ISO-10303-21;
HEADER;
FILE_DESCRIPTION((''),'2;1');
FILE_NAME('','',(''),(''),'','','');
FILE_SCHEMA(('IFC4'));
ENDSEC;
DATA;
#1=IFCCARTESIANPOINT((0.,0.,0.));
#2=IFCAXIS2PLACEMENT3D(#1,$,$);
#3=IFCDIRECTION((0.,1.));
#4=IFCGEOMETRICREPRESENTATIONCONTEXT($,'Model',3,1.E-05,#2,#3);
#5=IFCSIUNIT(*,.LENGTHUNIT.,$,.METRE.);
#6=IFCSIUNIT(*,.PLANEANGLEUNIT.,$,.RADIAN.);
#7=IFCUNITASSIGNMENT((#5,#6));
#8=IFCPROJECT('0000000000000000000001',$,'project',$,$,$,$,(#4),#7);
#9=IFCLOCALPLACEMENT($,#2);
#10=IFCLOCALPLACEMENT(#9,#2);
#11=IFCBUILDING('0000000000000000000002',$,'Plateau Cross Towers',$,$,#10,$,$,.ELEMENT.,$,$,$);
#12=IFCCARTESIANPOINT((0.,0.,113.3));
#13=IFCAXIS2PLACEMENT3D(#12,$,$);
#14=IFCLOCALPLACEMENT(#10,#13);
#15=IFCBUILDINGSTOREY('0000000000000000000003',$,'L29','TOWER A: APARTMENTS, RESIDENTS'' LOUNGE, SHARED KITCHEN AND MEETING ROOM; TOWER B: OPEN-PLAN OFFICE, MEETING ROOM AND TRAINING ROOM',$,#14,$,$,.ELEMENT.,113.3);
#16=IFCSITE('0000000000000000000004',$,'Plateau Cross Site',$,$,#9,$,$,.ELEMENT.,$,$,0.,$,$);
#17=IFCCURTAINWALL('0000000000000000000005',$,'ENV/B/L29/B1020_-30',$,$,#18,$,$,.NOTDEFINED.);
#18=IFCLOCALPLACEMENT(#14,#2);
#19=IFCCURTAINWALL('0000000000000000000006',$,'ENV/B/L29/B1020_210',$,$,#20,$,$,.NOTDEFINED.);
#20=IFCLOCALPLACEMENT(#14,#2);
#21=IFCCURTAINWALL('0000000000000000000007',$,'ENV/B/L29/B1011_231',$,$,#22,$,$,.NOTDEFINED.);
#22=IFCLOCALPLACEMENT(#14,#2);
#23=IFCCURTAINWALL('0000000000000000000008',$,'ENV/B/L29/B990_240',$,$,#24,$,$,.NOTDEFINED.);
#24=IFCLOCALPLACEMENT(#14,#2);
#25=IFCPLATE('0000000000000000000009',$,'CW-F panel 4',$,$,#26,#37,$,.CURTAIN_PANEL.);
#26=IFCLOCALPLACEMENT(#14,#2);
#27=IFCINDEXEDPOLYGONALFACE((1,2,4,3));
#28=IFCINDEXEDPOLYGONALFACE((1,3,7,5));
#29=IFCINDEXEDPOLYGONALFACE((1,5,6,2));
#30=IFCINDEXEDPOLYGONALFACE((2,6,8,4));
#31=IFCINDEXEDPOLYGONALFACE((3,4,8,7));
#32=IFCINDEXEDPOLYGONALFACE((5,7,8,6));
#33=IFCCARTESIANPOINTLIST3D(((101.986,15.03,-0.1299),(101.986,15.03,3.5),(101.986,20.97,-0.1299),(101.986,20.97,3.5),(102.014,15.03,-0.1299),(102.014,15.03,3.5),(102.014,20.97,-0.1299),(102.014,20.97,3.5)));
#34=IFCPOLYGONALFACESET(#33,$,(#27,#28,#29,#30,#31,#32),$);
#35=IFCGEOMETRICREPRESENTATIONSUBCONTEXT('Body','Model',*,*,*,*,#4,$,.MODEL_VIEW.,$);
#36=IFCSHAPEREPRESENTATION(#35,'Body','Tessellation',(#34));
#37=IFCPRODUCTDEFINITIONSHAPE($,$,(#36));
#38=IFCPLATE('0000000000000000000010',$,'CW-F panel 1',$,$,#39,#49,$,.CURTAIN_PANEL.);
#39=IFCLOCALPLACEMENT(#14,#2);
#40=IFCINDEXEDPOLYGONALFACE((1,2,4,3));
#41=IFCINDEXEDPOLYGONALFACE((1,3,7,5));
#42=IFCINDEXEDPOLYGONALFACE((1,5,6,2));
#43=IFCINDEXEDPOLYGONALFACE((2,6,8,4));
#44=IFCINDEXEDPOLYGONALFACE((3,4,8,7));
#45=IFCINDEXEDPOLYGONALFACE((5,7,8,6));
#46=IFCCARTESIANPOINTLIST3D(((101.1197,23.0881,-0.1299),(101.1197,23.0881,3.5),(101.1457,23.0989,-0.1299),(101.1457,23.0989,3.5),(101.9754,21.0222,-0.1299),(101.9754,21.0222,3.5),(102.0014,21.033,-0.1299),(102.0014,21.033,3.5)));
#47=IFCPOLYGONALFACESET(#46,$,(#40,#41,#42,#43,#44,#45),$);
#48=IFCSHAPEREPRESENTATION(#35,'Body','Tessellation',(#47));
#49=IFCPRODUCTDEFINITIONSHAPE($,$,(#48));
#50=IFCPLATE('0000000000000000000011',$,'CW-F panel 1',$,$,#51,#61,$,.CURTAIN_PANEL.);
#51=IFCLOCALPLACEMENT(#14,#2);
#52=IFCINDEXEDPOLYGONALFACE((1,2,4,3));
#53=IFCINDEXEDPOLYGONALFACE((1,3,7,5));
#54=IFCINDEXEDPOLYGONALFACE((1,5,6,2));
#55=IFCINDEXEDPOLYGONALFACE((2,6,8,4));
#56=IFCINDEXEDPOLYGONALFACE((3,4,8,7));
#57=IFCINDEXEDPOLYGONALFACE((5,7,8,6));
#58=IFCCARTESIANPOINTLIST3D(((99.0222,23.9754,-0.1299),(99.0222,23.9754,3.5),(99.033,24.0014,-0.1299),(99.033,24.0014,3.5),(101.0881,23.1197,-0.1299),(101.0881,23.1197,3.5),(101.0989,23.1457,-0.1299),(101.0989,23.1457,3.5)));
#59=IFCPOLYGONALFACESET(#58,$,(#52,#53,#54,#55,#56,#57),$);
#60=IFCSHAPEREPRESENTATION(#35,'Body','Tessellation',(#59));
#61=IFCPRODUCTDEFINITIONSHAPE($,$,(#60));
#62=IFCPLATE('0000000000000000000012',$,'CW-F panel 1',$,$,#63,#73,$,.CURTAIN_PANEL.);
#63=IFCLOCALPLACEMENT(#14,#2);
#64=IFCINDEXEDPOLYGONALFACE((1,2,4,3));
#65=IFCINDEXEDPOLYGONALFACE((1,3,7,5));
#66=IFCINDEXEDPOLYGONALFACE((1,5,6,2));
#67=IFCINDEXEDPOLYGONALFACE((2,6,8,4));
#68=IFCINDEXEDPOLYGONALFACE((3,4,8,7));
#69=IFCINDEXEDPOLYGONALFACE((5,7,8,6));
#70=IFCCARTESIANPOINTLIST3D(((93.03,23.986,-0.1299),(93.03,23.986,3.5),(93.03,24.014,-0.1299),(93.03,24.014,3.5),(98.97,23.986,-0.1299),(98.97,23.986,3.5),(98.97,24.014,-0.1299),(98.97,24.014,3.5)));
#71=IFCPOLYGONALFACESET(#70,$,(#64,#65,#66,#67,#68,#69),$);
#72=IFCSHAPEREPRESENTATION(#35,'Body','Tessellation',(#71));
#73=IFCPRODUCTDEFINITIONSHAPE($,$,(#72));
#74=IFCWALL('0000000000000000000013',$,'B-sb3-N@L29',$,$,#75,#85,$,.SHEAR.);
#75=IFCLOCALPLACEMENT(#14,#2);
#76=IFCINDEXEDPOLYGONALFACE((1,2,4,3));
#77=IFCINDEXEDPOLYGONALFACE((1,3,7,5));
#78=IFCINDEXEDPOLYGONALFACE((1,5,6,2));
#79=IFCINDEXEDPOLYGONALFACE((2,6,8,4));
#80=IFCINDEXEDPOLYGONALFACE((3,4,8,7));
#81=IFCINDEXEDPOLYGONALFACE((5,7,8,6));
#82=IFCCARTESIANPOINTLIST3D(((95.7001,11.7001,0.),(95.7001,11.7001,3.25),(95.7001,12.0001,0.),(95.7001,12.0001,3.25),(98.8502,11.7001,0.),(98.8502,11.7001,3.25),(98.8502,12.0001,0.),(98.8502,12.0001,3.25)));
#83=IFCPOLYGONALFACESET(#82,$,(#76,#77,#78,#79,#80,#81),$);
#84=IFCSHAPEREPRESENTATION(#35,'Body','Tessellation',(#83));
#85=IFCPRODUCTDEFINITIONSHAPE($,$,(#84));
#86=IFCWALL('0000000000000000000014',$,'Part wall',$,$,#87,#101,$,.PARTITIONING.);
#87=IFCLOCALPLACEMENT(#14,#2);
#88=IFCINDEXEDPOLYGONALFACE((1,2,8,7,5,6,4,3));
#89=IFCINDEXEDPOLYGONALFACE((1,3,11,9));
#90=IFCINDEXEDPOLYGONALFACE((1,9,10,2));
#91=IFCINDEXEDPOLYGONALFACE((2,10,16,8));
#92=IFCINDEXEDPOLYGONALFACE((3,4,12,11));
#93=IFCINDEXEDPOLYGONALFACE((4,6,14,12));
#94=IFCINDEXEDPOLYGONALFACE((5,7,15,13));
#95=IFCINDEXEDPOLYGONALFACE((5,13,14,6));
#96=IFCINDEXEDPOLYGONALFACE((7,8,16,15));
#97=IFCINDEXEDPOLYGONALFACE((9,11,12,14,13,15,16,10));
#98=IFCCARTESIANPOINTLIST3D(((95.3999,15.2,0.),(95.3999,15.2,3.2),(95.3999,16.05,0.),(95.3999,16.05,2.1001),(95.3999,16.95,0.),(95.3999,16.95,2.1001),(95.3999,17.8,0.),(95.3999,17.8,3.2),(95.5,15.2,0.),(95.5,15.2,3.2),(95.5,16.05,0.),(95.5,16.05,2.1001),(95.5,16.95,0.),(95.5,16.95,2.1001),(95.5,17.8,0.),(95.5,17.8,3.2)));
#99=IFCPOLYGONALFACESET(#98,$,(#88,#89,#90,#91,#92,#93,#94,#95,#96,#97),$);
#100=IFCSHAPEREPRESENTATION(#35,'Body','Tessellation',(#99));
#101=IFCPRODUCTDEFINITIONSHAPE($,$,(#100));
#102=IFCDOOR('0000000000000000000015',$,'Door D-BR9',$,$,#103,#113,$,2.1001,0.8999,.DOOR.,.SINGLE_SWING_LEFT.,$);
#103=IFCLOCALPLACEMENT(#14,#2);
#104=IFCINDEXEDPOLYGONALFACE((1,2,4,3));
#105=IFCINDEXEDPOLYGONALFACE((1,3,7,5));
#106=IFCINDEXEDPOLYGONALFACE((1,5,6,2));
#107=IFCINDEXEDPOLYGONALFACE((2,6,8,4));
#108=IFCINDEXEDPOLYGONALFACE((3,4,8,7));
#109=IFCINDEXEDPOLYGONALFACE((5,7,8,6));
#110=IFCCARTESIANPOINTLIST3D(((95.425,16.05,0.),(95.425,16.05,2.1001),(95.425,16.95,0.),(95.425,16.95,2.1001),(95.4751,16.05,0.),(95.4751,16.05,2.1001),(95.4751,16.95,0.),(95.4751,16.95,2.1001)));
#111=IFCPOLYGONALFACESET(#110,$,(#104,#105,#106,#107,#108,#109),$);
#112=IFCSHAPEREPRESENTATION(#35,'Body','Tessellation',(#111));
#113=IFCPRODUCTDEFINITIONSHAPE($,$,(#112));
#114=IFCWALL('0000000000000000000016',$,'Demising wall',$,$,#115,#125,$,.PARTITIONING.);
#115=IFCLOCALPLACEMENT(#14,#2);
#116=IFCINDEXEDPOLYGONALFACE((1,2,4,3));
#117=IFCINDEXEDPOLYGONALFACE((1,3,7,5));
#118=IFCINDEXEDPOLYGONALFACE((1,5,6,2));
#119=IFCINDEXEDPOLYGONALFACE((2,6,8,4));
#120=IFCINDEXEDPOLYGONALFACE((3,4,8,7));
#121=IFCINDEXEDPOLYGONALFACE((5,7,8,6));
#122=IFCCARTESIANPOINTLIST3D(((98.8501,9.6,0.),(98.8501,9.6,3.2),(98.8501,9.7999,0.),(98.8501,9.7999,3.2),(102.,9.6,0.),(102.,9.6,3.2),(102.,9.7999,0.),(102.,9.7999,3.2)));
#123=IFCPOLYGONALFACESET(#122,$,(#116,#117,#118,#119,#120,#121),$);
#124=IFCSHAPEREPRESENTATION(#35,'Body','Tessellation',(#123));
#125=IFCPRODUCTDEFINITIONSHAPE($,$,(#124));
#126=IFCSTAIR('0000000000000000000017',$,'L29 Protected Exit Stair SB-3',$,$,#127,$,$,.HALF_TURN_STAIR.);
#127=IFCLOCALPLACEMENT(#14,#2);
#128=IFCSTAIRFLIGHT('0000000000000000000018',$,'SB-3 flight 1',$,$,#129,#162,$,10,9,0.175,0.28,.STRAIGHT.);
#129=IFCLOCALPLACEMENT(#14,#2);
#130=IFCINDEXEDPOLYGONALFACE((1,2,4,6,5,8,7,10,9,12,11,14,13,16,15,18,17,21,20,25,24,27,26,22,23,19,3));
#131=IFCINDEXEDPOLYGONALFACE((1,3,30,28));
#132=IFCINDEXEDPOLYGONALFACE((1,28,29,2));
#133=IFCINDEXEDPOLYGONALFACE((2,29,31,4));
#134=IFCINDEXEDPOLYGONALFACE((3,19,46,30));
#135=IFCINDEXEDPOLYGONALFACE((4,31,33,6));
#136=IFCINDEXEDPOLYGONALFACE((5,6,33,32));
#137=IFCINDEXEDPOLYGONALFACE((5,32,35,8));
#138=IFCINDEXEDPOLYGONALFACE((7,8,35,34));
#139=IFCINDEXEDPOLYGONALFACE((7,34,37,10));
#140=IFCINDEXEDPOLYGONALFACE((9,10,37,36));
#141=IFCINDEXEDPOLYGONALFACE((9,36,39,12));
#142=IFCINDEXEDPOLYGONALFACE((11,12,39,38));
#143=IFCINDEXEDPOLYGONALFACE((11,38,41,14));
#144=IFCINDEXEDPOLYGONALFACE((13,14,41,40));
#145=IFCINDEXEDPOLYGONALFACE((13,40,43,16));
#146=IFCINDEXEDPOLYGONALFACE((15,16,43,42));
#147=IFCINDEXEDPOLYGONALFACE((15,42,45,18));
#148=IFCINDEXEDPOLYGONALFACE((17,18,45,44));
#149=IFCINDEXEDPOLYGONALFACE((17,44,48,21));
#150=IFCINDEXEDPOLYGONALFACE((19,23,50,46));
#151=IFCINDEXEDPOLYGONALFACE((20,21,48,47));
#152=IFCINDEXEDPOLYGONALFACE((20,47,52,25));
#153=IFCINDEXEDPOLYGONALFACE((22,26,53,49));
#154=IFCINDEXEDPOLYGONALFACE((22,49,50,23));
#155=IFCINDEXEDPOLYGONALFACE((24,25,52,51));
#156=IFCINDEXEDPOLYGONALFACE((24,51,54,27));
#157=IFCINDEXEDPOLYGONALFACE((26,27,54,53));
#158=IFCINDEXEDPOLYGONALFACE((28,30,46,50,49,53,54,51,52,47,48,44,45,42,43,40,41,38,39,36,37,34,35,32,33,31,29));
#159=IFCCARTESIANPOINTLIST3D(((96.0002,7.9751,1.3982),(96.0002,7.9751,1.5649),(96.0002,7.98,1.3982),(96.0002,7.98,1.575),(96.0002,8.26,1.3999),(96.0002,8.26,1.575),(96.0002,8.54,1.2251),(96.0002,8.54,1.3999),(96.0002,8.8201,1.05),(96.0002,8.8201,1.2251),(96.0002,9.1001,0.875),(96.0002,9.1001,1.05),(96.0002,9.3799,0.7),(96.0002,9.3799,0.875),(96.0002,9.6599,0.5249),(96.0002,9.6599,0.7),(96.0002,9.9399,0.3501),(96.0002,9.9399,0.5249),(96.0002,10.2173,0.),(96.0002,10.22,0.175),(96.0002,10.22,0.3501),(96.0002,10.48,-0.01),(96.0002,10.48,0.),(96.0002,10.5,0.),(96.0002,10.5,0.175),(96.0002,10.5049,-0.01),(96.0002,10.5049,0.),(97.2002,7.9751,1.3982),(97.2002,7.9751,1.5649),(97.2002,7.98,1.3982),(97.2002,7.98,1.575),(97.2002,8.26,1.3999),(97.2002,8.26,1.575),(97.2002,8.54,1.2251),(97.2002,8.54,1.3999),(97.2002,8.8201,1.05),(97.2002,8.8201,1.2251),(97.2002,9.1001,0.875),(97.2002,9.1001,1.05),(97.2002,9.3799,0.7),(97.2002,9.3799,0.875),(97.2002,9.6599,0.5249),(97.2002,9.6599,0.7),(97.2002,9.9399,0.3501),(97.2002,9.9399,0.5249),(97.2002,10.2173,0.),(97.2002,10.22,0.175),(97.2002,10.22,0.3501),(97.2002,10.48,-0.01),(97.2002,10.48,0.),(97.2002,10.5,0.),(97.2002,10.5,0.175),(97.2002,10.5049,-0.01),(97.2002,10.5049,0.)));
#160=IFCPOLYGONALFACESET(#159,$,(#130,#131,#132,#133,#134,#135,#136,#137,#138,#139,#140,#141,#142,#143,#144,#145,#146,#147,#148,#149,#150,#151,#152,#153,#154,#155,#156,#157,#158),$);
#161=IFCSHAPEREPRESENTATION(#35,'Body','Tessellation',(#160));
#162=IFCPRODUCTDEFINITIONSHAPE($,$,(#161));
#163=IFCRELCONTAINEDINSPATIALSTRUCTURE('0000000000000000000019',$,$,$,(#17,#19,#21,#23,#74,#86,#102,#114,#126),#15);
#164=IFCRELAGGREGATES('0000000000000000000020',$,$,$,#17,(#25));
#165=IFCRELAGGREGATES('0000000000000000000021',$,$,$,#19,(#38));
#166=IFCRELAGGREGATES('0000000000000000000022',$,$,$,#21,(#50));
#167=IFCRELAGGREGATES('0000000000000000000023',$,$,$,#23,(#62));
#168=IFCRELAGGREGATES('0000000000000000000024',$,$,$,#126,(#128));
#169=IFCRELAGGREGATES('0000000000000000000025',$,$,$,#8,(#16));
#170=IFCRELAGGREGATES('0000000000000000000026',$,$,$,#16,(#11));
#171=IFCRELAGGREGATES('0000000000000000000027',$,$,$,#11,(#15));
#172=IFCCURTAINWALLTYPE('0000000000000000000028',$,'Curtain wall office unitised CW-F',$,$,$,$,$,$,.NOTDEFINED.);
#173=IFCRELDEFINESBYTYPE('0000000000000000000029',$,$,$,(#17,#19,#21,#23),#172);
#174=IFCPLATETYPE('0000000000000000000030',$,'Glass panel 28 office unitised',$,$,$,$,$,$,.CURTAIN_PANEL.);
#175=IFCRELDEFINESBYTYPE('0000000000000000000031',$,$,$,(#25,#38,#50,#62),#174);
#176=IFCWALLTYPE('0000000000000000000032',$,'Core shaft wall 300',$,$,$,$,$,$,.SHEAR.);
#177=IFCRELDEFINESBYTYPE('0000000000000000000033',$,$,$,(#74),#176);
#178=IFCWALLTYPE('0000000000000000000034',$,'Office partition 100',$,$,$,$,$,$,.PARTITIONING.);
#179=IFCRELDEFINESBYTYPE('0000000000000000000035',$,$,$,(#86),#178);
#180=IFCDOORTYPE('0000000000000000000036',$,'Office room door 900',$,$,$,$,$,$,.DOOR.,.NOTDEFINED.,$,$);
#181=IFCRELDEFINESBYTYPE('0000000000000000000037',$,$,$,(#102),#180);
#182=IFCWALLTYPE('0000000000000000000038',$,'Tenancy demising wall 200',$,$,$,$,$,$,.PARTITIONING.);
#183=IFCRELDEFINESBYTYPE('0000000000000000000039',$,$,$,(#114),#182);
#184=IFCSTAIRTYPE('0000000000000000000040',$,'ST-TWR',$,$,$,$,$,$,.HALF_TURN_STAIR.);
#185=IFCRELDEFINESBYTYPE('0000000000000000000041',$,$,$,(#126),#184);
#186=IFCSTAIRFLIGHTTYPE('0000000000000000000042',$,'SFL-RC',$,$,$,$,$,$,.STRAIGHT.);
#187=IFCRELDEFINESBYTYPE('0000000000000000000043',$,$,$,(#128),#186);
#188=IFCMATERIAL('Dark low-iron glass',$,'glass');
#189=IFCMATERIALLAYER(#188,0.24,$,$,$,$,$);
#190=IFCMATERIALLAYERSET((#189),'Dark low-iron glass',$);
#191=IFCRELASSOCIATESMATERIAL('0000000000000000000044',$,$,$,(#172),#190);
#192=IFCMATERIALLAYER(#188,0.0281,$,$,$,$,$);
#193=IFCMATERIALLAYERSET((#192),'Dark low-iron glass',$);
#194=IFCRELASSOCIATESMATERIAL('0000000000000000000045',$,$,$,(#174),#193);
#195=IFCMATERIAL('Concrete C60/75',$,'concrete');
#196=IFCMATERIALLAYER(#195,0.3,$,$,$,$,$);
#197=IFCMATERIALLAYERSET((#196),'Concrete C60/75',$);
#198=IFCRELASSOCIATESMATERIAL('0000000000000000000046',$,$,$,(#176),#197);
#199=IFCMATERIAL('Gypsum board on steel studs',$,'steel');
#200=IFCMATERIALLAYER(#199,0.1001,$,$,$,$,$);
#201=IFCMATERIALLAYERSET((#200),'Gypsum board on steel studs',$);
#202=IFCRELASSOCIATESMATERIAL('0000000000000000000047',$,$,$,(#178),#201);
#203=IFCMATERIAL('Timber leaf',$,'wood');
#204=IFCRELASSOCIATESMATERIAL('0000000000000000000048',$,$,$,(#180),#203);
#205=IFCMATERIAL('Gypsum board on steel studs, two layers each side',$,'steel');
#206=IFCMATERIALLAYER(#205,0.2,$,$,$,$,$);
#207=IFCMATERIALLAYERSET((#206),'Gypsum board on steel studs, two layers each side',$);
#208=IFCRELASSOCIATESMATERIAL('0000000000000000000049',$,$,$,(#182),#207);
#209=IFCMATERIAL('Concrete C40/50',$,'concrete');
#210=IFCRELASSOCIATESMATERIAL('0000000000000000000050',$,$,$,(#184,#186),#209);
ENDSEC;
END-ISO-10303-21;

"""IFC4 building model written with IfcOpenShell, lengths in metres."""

from ifc_helpers import new_model, si_unit, direction, frame, frame_2d, origin, origin_2d, place, context, subcontext, project, spatial, polyline, rectangle, outline, extrude, material, layer, layer_set, type_object, element, fill, aggregate, save


model = new_model("IFC4")

# Units and contexts
model_context = context("Model", 3, precision=1e-05, world=origin(), true_north=direction((0.0, 1.0)))
body_context = subcontext(model_context, "Body", "Model", "MODEL_VIEW")
ifc_project = project(units=[si_unit("LENGTHUNIT", "METRE"), si_unit("PLANEANGLEUNIT", "RADIAN")], contexts=[model_context])

# Site, building, storey
site_placement = place(None, origin())
site = spatial("IfcSite", under=ifc_project, at=site_placement, Name="Plateau Cross Site", CompositionType="ELEMENT", RefElevation=0.0)
building_placement = place(site_placement, origin())
building = spatial("IfcBuilding", under=site, at=building_placement, Name="Plateau Cross Towers", CompositionType="ELEMENT")
storey_placement = place(building_placement, frame((0.0, 0.0, 113.3)))
storey = spatial("IfcBuildingStorey", under=building, at=storey_placement, Name="L29", Description="TOWER A: APARTMENTS, RESIDENTS' LOUNGE, SHARED KITCHEN AND MEETING ROOM; TOWER B: OPEN-PLAN OFFICE, MEETING ROOM AND TRAINING ROOM", CompositionType="ELEMENT", Elevation=113.3)

# Shared definitions
ifc_material_1 = material(Name="Concrete C60/75", Category="concrete")

# Curtain wall
ifc_material_2 = material(Name="Dark low-iron glass", Category="glass")
ifc_layer_1 = layer(ifc_material_2, 0.24)
ifc_layer_set_1 = layer_set([ifc_layer_1], Name="Dark low-iron glass")
curtain_wall_type = type_object("IfcCurtainWallType", Name="Curtain wall office unitised CW-F", PredefinedType="NOTDEFINED", material=ifc_layer_set_1)
curtain_wall_1_placement = place(storey_placement, origin())
curtain_wall_1 = element("IfcCurtainWall", 1, at=curtain_wall_1_placement, inside=storey, type_object=curtain_wall_type, Name="ENV/B/L29/B1020_-30", PredefinedType="NOTDEFINED")

# Curtain walls
curtain_wall_2_placement = place(storey_placement, origin())
curtain_wall_2 = element("IfcCurtainWall", 2, at=curtain_wall_2_placement, inside=storey, type_object=curtain_wall_type, Name="ENV/B/L29/B1020_210", PredefinedType="NOTDEFINED")
curtain_wall_3_placement = place(storey_placement, origin())
curtain_wall_3 = element("IfcCurtainWall", 3, at=curtain_wall_3_placement, inside=storey, type_object=curtain_wall_type, Name="ENV/B/L29/B1011_231", PredefinedType="NOTDEFINED")

# Curtain wall
curtain_wall_4_placement = place(storey_placement, origin())
curtain_wall_4 = element("IfcCurtainWall", 4, at=curtain_wall_4_placement, inside=storey, type_object=curtain_wall_type, Name="ENV/B/L29/B990_240", PredefinedType="NOTDEFINED")

# Plates
ifc_layer_2 = layer(ifc_material_2, 0.0281)
ifc_layer_set_2 = layer_set([ifc_layer_2], Name="Dark low-iron glass")
plate_type = type_object("IfcPlateType", Name="Glass panel 28 office unitised", PredefinedType="CURTAIN_PANEL", material=ifc_layer_set_2)
plate_1_placement = place(storey_placement, frame((102.0, 18.0, -0.1299), z_axis=(0.0, 0.0, 1.0), x_axis=(0.0, 1.0, 0.0)))
plate_1 = element("IfcPlate", 5, at=plate_1_placement, type_object=plate_type, Name="CW-F panel 4", PredefinedType="CURTAIN_PANEL", context=body_context, shape_type="SweptSolid", body=[
    extrude(rectangle(XDim=5.9399, YDim=0.0281, at=origin_2d()), origin(), (0.0, 0.0, 1.0), 3.6299),
])
aggregate(curtain_wall_1, [plate_1])
plate_2_placement = place(storey_placement, frame((101.5605, 22.0605, -0.1299), z_axis=(0.0, 0.0, 1.0), x_axis=(-0.382684, 0.923879, 0.0)))
plate_2 = element("IfcPlate", 6, at=plate_2_placement, type_object=plate_type, Name="CW-F panel 1", PredefinedType="CURTAIN_PANEL", context=body_context, shape_type="SweptSolid", body=[
    extrude(rectangle(XDim=2.2361, YDim=0.0281, at=origin_2d()), origin(), (0.0, 0.0, 1.0), 3.6299),
])
aggregate(curtain_wall_2, [plate_2])
plate_3_placement = place(storey_placement, frame((100.0605, 23.5605, -0.1299), z_axis=(0.0, 0.0, 1.0), x_axis=(-0.923879, 0.382684, 0.0)))
plate_3 = element("IfcPlate", 7, at=plate_3_placement, type_object=plate_type, Name="CW-F panel 1", PredefinedType="CURTAIN_PANEL", context=body_context, shape_type="SweptSolid", body=[
    extrude(rectangle(XDim=2.2361, YDim=0.0281, at=origin_2d()), origin(), (0.0, 0.0, 1.0), 3.6299),
])
aggregate(curtain_wall_3, [plate_3])
plate_4_placement = place(storey_placement, frame((96.0, 24.0, -0.1299), z_axis=(0.0, 0.0, 1.0), x_axis=(-1.0, 0.0, 0.0)))
plate_4 = element("IfcPlate", 8, at=plate_4_placement, type_object=plate_type, Name="CW-F panel 1", PredefinedType="CURTAIN_PANEL", context=body_context, shape_type="SweptSolid", body=[
    extrude(rectangle(XDim=5.9399, YDim=0.0281, at=origin_2d()), origin(), (0.0, 0.0, 1.0), 3.6299),
])
aggregate(curtain_wall_4, [plate_4])

# Wall
ifc_layer_3 = layer(ifc_material_1, 0.3)
ifc_layer_set_3 = layer_set([ifc_layer_3], Name="Concrete C60/75")
wall_type_1 = type_object("IfcWallType", Name="Core shaft wall 300", PredefinedType="SHEAR", material=ifc_layer_set_3)
wall_1_placement = place(storey_placement, frame((95.7, 11.8501, 0.0), z_axis=(0.0, 0.0, 1.0), x_axis=(1.0, 0.0, 0.0)))
element("IfcWall", 9, at=wall_1_placement, inside=storey, type_object=wall_type_1, Name="B-sb3-N@L29", PredefinedType="SHEAR", context=body_context, shape_type="SweptSolid", body=[
    extrude(rectangle(XDim=3.1501, YDim=0.3, at=frame_2d((1.5752, 0.0))), origin(), (0.0, 0.0, 1.0), 3.25),
])

# Wall, opening, door
ifc_material_3 = material(Name="Gypsum board on steel studs", Category="steel")
ifc_layer_4 = layer(ifc_material_3, 0.1001)
ifc_layer_set_4 = layer_set([ifc_layer_4], Name="Gypsum board on steel studs")
wall_type_2 = type_object("IfcWallType", Name="Office partition 100", PredefinedType="PARTITIONING", material=ifc_layer_set_4)
wall_2_placement = place(storey_placement, frame((95.45, 15.2, 0.0), z_axis=(0.0, 0.0, 1.0), x_axis=(0.0, 1.0, 0.0)))
wall_2 = element("IfcWall", 10, at=wall_2_placement, inside=storey, type_object=wall_type_2, Name="Part wall", PredefinedType="PARTITIONING", context=body_context, shape_type="SweptSolid", body=[
    extrude(rectangle(XDim=2.6001, YDim=0.1001, at=frame_2d((1.3, 0.0))), origin(), (0.0, 0.0, 1.0), 3.2),
])
opening_1_placement = place(wall_2_placement, frame((0.8501, 0.0, 0.0)))
opening_1 = element("IfcOpeningElement", 11, at=opening_1_placement, cuts=wall_2, PredefinedType="OPENING", context=body_context, shape_type="SweptSolid", body=[
    extrude(rectangle(XDim=0.8999, YDim=2.1001, at=frame_2d((0.45, 1.05))), frame((0.0, 0.0601, 0.0), z_axis=(0.0, -1.0, 0.0), x_axis=(1.0, 0.0, 0.0)), (0.0, 0.0, 1.0), 0.1201),
])
ifc_material_4 = material(Name="Timber leaf", Category="wood")
door_type_1 = type_object("IfcDoorType", Name="Office room door 900", OperationType="NOTDEFINED", PredefinedType="DOOR", material=ifc_material_4)
door_1_placement = place(opening_1_placement, origin())
door_1 = element("IfcDoor", 12, at=door_1_placement, inside=storey, type_object=door_type_1, Name="Door D-BR9", OperationType="SINGLE_SWING_LEFT", OverallHeight=2.1001, OverallWidth=0.8999, PredefinedType="DOOR", context=body_context, shape_type="SweptSolid", body=[
    extrude(rectangle(XDim=0.8999, YDim=2.1001, at=frame_2d((0.45, 1.05))), frame((0.0, 0.0249, 0.0), z_axis=(0.0, -1.0, 0.0), x_axis=(1.0, 0.0, 0.0)), (0.0, 0.0, 1.0), 0.05),
])
fill(opening_1, door_1)

# Wall
ifc_material_5 = material(Name="Gypsum board on steel studs, two layers each side", Category="steel")
ifc_layer_5 = layer(ifc_material_5, 0.2)
ifc_layer_set_5 = layer_set([ifc_layer_5], Name="Gypsum board on steel studs, two layers each side")
wall_type_3 = type_object("IfcWallType", Name="Tenancy demising wall 200", PredefinedType="PARTITIONING", material=ifc_layer_set_5)
wall_3_placement = place(storey_placement, frame((98.8501, 9.7, 0.0), z_axis=(0.0, 0.0, 1.0), x_axis=(1.0, 0.0, 0.0)))
element("IfcWall", 13, at=wall_3_placement, inside=storey, type_object=wall_type_3, Name="Demising wall", PredefinedType="PARTITIONING", context=body_context, shape_type="SweptSolid", body=[
    extrude(rectangle(XDim=3.1499, YDim=0.2, at=frame_2d((1.575, 0.0))), origin(), (0.0, 0.0, 1.0), 3.2),
])

# Stair, stair flight
ifc_material_6 = material(Name="Concrete C40/50", Category="concrete")
stair_type = type_object("IfcStairType", Name="ST-TWR", PredefinedType="HALF_TURN_STAIR", material=ifc_material_6)
stair_placement = place(storey_placement, origin())
stair = element("IfcStair", 14, at=stair_placement, inside=storey, type_object=stair_type, Name="L29 Protected Exit Stair SB-3", PredefinedType="HALF_TURN_STAIR")
stair_flight_type = type_object("IfcStairFlightType", Name="SFL-RC", PredefinedType="STRAIGHT", material=ifc_material_6)
stair_flight_1_placement = place(storey_placement, frame((96.6001, 10.5, 0.0), z_axis=(0.0, 0.0, 1.0), x_axis=(0.0, -1.0, 0.0)))
stair_flight_1 = element("IfcStairFlight", 15, at=stair_flight_1_placement, type_object=stair_flight_type, Name="SB-3 flight 1", NumberOfRisers=10, NumberOfTreads=9, PredefinedType="STRAIGHT", RiserHeight=0.175, TreadLength=0.28, context=body_context, shape_type="SweptSolid", body=[
    extrude(outline(polyline([(-0.0049, -0.01), (-0.0049, 0.0), (0.0, 0.0), (0.0, 0.175), (0.28, 0.175), (0.28, 0.3501), (0.5601, 0.3501), (0.5601, 0.5249), (0.8401, 0.5249), (0.8401, 0.7), (1.1201, 0.7), (1.1201, 0.875), (1.3999, 0.875), (1.3999, 1.05), (1.6799, 1.05), (1.6799, 1.2251), (1.96, 1.2251), (1.96, 1.3999), (2.24, 1.3999), (2.24, 1.575), (2.52, 1.575), (2.5249, 1.5649), (2.5249, 1.3982), (2.52, 1.3982), (0.2827, 0.0), (0.02, 0.0), (0.02, -0.01), (-0.0049, -0.01)])), frame((0.0, 0.6001, 0.0), z_axis=(0.0, -1.0, 0.0), x_axis=(1.0, 0.0, 0.0)), (0.0, 0.0, 1.0), 1.2),
])
aggregate(stair, [stair_flight_1])

save(model, "model.ifc")
